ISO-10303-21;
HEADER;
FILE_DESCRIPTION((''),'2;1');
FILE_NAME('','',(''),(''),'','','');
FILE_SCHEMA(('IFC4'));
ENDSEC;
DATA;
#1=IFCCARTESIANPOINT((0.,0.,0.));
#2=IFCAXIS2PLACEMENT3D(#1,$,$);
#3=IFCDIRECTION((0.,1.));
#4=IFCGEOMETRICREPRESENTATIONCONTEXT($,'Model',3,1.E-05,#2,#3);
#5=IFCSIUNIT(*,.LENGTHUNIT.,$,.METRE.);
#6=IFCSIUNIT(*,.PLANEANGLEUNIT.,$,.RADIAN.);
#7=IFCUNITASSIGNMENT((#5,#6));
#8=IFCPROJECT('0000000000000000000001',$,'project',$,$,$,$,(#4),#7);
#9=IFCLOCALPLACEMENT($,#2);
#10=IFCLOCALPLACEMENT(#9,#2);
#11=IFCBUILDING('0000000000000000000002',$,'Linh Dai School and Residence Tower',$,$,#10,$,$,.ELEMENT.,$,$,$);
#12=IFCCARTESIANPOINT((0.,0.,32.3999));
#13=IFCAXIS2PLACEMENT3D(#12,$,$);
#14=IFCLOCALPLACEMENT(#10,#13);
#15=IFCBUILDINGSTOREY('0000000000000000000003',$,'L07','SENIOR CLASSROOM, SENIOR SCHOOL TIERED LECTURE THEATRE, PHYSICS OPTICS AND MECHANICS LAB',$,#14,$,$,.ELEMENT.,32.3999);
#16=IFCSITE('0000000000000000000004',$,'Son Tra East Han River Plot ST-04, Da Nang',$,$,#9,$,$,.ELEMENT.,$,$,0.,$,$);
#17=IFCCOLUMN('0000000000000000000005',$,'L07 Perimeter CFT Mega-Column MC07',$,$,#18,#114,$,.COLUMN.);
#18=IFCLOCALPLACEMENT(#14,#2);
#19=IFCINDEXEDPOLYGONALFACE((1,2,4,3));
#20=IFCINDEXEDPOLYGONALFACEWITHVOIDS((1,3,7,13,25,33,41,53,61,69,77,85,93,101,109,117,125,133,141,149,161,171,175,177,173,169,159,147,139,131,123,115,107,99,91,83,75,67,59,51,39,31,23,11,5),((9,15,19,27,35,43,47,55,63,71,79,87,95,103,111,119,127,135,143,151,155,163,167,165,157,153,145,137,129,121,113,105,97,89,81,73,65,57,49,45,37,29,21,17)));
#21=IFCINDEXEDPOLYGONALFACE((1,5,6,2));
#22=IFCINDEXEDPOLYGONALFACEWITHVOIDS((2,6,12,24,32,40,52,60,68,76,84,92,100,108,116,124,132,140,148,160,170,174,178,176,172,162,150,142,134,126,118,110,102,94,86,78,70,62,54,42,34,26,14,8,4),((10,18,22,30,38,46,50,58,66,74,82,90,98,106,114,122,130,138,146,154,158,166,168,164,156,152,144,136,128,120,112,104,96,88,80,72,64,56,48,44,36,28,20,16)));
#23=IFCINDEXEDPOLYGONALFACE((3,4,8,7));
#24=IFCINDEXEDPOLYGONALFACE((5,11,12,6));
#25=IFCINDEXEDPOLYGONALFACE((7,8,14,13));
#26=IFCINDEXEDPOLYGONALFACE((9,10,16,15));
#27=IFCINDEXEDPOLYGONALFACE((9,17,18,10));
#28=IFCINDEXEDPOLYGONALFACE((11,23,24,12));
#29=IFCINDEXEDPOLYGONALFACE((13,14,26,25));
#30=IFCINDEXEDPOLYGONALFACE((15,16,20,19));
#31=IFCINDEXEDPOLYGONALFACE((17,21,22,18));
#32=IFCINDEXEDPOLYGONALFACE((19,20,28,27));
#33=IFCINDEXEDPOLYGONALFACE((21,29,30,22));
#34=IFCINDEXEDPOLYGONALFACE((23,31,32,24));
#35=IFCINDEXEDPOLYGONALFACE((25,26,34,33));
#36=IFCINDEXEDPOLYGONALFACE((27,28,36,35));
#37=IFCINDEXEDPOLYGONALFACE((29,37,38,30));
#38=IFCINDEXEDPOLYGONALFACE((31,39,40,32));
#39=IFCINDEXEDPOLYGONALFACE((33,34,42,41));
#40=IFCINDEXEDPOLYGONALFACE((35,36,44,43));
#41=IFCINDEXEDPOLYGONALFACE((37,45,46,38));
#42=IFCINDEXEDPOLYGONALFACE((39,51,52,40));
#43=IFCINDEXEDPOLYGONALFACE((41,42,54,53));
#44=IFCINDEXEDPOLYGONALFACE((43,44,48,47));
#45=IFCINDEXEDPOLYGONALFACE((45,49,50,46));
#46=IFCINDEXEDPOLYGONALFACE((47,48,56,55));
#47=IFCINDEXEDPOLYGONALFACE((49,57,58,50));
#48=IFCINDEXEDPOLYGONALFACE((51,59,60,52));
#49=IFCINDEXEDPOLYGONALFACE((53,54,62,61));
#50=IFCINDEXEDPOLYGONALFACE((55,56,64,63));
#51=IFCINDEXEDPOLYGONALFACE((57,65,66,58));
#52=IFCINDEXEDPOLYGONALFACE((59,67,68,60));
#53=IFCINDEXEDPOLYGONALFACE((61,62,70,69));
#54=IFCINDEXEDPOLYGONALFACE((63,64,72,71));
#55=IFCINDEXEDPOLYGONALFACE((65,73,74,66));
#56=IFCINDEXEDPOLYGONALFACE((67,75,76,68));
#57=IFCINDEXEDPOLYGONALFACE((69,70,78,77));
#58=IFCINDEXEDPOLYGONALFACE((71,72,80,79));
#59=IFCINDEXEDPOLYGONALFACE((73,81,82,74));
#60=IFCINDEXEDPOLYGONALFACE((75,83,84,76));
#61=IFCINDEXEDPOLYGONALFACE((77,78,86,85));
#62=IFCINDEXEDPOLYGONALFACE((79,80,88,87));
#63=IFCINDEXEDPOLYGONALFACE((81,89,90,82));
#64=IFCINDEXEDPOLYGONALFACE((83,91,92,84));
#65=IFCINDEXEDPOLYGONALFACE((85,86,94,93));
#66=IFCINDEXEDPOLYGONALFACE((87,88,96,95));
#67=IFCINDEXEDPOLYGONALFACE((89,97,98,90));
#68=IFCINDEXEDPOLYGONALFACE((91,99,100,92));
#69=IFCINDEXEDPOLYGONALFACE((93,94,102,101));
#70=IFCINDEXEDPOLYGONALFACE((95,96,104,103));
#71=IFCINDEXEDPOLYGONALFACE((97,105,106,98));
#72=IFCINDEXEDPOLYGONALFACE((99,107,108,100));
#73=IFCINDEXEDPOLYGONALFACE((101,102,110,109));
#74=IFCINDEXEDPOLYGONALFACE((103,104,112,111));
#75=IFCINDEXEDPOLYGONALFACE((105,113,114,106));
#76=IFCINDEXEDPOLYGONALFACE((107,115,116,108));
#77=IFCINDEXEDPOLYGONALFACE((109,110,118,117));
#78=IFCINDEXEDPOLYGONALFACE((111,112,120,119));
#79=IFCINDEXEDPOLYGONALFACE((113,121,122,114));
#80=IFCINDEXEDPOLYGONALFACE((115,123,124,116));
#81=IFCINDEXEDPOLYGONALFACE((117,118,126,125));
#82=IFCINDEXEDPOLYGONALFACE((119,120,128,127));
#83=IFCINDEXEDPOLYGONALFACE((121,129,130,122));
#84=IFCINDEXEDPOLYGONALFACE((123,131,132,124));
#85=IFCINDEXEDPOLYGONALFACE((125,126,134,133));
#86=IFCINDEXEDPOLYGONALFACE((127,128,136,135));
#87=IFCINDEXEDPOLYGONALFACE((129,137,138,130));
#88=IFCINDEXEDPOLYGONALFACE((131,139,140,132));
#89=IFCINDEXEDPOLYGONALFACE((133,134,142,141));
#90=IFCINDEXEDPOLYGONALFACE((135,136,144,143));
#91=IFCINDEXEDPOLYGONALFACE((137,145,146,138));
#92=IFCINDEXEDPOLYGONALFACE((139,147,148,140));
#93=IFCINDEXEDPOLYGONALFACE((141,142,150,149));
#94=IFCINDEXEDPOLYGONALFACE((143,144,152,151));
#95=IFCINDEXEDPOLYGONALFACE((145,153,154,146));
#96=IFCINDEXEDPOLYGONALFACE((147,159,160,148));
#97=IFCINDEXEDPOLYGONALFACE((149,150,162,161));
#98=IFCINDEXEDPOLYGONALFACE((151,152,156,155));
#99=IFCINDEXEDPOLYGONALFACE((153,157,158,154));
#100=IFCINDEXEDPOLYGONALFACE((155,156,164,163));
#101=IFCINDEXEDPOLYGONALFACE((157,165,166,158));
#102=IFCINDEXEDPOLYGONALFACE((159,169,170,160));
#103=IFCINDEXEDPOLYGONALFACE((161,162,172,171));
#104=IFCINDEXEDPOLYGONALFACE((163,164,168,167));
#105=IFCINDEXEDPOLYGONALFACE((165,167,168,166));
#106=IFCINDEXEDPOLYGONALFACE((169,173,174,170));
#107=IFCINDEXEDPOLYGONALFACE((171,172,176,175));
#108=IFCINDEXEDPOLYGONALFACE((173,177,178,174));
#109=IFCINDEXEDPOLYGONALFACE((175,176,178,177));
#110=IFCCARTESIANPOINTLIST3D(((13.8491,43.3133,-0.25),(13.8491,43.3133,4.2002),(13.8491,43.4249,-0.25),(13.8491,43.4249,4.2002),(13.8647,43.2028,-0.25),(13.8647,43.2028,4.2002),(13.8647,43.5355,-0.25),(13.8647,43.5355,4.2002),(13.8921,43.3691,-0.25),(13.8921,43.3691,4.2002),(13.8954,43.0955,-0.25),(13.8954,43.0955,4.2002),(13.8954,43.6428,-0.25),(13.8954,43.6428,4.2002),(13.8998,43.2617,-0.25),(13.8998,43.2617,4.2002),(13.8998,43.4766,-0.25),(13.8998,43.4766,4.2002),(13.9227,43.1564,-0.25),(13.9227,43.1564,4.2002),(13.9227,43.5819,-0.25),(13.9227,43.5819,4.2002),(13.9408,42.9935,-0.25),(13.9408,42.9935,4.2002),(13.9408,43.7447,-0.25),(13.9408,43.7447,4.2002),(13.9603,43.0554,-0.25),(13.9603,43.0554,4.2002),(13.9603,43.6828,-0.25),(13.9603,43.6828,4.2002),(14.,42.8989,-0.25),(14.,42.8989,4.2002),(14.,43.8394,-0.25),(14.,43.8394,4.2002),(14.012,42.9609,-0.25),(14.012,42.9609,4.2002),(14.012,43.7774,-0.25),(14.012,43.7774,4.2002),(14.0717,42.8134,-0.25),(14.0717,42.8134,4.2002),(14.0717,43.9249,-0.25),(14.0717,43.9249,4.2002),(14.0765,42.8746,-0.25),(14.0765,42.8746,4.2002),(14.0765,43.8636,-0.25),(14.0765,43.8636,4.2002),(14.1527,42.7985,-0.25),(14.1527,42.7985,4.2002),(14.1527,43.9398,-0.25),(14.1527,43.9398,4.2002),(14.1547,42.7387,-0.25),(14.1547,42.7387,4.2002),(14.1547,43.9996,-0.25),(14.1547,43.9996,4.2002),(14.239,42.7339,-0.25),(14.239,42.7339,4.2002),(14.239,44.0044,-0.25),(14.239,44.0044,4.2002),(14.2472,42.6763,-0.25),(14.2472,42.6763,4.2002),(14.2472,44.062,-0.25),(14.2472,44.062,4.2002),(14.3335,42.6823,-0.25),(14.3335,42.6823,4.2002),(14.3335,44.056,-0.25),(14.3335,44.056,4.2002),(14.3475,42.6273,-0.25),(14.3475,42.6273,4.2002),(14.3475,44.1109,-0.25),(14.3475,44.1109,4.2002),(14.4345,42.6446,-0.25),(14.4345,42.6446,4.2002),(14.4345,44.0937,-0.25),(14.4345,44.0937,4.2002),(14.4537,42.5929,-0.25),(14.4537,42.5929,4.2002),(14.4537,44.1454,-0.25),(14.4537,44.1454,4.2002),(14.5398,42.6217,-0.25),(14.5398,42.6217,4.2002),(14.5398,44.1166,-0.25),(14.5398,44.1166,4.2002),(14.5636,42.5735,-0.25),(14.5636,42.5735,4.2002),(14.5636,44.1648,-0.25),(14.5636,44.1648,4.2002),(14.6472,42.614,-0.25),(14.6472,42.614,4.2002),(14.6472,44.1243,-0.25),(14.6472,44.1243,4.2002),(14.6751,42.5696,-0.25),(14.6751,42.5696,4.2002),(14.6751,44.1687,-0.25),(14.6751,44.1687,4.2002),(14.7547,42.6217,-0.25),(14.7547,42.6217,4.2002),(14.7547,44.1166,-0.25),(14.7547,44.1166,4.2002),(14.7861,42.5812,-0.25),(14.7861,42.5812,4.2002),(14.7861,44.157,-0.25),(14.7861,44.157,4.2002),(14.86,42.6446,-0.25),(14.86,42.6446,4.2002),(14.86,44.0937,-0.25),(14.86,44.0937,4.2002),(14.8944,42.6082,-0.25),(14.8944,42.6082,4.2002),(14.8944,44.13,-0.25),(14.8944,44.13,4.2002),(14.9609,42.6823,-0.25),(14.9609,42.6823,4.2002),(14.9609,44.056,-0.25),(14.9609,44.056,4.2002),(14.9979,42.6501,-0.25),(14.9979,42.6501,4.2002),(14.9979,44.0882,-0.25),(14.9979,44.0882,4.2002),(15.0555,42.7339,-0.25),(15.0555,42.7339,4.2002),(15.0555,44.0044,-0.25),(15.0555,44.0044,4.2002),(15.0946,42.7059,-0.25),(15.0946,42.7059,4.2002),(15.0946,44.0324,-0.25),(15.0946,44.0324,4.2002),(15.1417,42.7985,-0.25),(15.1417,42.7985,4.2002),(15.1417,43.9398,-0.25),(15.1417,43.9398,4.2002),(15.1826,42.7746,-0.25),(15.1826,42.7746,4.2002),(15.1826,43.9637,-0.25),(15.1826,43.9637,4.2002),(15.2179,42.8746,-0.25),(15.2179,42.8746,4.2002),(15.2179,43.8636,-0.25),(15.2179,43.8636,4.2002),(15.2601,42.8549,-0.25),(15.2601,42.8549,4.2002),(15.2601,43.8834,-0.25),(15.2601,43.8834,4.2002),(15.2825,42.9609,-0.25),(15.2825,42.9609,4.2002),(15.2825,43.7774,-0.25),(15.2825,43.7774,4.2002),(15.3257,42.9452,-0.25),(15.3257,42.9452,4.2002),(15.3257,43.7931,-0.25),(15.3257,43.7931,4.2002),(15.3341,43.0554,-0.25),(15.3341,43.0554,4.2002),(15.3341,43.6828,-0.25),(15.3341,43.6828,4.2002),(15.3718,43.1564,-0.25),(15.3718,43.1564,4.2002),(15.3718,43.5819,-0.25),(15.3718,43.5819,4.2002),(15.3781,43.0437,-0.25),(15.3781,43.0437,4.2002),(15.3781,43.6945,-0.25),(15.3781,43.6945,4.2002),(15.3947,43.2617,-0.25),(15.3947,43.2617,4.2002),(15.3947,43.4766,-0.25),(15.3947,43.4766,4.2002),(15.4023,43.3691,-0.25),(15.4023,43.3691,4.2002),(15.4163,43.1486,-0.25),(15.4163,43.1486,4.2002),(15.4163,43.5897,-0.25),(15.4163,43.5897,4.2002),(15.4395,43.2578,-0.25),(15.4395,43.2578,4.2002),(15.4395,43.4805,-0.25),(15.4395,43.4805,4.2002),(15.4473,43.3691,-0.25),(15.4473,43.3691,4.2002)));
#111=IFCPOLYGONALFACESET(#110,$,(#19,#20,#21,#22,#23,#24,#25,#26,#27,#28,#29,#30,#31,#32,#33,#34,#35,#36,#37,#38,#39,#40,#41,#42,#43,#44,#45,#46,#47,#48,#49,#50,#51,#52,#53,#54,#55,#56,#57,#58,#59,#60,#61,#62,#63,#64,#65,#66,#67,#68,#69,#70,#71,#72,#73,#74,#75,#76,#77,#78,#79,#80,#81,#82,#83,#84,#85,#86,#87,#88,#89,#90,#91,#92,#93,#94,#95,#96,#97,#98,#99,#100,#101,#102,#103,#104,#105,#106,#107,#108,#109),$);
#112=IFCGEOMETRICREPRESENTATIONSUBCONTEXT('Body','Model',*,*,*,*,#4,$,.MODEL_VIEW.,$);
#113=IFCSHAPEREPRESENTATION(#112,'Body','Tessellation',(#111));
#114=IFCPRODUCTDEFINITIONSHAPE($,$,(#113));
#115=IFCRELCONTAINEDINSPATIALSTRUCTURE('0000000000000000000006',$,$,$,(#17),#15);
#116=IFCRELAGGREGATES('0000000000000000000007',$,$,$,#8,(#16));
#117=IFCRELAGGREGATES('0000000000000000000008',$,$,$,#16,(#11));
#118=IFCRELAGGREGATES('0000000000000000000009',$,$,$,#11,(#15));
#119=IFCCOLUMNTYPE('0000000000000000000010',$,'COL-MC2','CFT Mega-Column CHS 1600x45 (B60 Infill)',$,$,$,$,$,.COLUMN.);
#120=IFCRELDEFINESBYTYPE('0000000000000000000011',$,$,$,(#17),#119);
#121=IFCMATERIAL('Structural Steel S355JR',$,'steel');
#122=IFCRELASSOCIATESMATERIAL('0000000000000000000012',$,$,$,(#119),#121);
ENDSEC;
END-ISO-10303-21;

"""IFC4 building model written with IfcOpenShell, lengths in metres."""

from ifc_helpers import new_model, si_unit, direction, frame, origin, origin_2d, place, context, subcontext, project, spatial, hollow_circle, extrude, material, material_profile, profile_set, type_object, element, save


model = new_model("IFC4")

# Units and contexts
model_context = context("Model", 3, precision=1e-05, world=origin(), true_north=direction((0.0, 1.0)))
body_context = subcontext(model_context, "Body", "Model", "MODEL_VIEW")
ifc_project = project(units=[si_unit("LENGTHUNIT", "METRE"), si_unit("PLANEANGLEUNIT", "RADIAN")], contexts=[model_context])

# Site, building, storey
site_placement = place(None, origin())
site = spatial("IfcSite", under=ifc_project, at=site_placement, Name="Son Tra East Han River Plot ST-04, Da Nang", CompositionType="ELEMENT", RefElevation=0.0)
building_placement = place(site_placement, origin())
building = spatial("IfcBuilding", under=site, at=building_placement, Name="Linh Dai School and Residence Tower", CompositionType="ELEMENT")
storey_placement = place(building_placement, frame((0.0, 0.0, 32.3999)))
storey = spatial("IfcBuildingStorey", under=building, at=storey_placement, Name="L07", Description="SENIOR CLASSROOM, SENIOR SCHOOL TIERED LECTURE THEATRE, PHYSICS OPTICS AND MECHANICS LAB", CompositionType="ELEMENT", Elevation=32.3999)

# Column
ifc_material_1 = material(Name="Structural Steel S355JR", Category="steel")
ifc_material_profile_1 = material_profile(ifc_material_1, hollow_circle(Radius=0.8, WallThickness=0.0449, at=origin_2d()), Name="CHS 1600x45")
ifc_profile_set_1 = profile_set([ifc_material_profile_1], Name="Structural Steel S355JR")
column_type = type_object("IfcColumnType", Name="COL-MC2", Description="CFT Mega-Column CHS 1600x45 (B60 Infill)", PredefinedType="COLUMN", material=ifc_profile_set_1)
for number, where, z_axis, x_axis, name in (
    (1, (14.6472, 43.3691, -0.25), (0.0, 0.0, 1.0), (1.0, 0.0, 0.0), "L07 Perimeter CFT Mega-Column MC07"),
):
    element("IfcColumn", number, at=place(storey_placement, frame(where, z_axis=z_axis, x_axis=x_axis)), inside=storey, type_object=column_type, Name=name, PredefinedType="COLUMN", context=body_context, shape_type="SweptSolid", body=[
        extrude(hollow_circle(Radius=0.8, WallThickness=0.0449, at=origin_2d()), origin(), (0.0, 0.0, 1.0), 4.4502),
    ])

save(model, "model.ifc")
